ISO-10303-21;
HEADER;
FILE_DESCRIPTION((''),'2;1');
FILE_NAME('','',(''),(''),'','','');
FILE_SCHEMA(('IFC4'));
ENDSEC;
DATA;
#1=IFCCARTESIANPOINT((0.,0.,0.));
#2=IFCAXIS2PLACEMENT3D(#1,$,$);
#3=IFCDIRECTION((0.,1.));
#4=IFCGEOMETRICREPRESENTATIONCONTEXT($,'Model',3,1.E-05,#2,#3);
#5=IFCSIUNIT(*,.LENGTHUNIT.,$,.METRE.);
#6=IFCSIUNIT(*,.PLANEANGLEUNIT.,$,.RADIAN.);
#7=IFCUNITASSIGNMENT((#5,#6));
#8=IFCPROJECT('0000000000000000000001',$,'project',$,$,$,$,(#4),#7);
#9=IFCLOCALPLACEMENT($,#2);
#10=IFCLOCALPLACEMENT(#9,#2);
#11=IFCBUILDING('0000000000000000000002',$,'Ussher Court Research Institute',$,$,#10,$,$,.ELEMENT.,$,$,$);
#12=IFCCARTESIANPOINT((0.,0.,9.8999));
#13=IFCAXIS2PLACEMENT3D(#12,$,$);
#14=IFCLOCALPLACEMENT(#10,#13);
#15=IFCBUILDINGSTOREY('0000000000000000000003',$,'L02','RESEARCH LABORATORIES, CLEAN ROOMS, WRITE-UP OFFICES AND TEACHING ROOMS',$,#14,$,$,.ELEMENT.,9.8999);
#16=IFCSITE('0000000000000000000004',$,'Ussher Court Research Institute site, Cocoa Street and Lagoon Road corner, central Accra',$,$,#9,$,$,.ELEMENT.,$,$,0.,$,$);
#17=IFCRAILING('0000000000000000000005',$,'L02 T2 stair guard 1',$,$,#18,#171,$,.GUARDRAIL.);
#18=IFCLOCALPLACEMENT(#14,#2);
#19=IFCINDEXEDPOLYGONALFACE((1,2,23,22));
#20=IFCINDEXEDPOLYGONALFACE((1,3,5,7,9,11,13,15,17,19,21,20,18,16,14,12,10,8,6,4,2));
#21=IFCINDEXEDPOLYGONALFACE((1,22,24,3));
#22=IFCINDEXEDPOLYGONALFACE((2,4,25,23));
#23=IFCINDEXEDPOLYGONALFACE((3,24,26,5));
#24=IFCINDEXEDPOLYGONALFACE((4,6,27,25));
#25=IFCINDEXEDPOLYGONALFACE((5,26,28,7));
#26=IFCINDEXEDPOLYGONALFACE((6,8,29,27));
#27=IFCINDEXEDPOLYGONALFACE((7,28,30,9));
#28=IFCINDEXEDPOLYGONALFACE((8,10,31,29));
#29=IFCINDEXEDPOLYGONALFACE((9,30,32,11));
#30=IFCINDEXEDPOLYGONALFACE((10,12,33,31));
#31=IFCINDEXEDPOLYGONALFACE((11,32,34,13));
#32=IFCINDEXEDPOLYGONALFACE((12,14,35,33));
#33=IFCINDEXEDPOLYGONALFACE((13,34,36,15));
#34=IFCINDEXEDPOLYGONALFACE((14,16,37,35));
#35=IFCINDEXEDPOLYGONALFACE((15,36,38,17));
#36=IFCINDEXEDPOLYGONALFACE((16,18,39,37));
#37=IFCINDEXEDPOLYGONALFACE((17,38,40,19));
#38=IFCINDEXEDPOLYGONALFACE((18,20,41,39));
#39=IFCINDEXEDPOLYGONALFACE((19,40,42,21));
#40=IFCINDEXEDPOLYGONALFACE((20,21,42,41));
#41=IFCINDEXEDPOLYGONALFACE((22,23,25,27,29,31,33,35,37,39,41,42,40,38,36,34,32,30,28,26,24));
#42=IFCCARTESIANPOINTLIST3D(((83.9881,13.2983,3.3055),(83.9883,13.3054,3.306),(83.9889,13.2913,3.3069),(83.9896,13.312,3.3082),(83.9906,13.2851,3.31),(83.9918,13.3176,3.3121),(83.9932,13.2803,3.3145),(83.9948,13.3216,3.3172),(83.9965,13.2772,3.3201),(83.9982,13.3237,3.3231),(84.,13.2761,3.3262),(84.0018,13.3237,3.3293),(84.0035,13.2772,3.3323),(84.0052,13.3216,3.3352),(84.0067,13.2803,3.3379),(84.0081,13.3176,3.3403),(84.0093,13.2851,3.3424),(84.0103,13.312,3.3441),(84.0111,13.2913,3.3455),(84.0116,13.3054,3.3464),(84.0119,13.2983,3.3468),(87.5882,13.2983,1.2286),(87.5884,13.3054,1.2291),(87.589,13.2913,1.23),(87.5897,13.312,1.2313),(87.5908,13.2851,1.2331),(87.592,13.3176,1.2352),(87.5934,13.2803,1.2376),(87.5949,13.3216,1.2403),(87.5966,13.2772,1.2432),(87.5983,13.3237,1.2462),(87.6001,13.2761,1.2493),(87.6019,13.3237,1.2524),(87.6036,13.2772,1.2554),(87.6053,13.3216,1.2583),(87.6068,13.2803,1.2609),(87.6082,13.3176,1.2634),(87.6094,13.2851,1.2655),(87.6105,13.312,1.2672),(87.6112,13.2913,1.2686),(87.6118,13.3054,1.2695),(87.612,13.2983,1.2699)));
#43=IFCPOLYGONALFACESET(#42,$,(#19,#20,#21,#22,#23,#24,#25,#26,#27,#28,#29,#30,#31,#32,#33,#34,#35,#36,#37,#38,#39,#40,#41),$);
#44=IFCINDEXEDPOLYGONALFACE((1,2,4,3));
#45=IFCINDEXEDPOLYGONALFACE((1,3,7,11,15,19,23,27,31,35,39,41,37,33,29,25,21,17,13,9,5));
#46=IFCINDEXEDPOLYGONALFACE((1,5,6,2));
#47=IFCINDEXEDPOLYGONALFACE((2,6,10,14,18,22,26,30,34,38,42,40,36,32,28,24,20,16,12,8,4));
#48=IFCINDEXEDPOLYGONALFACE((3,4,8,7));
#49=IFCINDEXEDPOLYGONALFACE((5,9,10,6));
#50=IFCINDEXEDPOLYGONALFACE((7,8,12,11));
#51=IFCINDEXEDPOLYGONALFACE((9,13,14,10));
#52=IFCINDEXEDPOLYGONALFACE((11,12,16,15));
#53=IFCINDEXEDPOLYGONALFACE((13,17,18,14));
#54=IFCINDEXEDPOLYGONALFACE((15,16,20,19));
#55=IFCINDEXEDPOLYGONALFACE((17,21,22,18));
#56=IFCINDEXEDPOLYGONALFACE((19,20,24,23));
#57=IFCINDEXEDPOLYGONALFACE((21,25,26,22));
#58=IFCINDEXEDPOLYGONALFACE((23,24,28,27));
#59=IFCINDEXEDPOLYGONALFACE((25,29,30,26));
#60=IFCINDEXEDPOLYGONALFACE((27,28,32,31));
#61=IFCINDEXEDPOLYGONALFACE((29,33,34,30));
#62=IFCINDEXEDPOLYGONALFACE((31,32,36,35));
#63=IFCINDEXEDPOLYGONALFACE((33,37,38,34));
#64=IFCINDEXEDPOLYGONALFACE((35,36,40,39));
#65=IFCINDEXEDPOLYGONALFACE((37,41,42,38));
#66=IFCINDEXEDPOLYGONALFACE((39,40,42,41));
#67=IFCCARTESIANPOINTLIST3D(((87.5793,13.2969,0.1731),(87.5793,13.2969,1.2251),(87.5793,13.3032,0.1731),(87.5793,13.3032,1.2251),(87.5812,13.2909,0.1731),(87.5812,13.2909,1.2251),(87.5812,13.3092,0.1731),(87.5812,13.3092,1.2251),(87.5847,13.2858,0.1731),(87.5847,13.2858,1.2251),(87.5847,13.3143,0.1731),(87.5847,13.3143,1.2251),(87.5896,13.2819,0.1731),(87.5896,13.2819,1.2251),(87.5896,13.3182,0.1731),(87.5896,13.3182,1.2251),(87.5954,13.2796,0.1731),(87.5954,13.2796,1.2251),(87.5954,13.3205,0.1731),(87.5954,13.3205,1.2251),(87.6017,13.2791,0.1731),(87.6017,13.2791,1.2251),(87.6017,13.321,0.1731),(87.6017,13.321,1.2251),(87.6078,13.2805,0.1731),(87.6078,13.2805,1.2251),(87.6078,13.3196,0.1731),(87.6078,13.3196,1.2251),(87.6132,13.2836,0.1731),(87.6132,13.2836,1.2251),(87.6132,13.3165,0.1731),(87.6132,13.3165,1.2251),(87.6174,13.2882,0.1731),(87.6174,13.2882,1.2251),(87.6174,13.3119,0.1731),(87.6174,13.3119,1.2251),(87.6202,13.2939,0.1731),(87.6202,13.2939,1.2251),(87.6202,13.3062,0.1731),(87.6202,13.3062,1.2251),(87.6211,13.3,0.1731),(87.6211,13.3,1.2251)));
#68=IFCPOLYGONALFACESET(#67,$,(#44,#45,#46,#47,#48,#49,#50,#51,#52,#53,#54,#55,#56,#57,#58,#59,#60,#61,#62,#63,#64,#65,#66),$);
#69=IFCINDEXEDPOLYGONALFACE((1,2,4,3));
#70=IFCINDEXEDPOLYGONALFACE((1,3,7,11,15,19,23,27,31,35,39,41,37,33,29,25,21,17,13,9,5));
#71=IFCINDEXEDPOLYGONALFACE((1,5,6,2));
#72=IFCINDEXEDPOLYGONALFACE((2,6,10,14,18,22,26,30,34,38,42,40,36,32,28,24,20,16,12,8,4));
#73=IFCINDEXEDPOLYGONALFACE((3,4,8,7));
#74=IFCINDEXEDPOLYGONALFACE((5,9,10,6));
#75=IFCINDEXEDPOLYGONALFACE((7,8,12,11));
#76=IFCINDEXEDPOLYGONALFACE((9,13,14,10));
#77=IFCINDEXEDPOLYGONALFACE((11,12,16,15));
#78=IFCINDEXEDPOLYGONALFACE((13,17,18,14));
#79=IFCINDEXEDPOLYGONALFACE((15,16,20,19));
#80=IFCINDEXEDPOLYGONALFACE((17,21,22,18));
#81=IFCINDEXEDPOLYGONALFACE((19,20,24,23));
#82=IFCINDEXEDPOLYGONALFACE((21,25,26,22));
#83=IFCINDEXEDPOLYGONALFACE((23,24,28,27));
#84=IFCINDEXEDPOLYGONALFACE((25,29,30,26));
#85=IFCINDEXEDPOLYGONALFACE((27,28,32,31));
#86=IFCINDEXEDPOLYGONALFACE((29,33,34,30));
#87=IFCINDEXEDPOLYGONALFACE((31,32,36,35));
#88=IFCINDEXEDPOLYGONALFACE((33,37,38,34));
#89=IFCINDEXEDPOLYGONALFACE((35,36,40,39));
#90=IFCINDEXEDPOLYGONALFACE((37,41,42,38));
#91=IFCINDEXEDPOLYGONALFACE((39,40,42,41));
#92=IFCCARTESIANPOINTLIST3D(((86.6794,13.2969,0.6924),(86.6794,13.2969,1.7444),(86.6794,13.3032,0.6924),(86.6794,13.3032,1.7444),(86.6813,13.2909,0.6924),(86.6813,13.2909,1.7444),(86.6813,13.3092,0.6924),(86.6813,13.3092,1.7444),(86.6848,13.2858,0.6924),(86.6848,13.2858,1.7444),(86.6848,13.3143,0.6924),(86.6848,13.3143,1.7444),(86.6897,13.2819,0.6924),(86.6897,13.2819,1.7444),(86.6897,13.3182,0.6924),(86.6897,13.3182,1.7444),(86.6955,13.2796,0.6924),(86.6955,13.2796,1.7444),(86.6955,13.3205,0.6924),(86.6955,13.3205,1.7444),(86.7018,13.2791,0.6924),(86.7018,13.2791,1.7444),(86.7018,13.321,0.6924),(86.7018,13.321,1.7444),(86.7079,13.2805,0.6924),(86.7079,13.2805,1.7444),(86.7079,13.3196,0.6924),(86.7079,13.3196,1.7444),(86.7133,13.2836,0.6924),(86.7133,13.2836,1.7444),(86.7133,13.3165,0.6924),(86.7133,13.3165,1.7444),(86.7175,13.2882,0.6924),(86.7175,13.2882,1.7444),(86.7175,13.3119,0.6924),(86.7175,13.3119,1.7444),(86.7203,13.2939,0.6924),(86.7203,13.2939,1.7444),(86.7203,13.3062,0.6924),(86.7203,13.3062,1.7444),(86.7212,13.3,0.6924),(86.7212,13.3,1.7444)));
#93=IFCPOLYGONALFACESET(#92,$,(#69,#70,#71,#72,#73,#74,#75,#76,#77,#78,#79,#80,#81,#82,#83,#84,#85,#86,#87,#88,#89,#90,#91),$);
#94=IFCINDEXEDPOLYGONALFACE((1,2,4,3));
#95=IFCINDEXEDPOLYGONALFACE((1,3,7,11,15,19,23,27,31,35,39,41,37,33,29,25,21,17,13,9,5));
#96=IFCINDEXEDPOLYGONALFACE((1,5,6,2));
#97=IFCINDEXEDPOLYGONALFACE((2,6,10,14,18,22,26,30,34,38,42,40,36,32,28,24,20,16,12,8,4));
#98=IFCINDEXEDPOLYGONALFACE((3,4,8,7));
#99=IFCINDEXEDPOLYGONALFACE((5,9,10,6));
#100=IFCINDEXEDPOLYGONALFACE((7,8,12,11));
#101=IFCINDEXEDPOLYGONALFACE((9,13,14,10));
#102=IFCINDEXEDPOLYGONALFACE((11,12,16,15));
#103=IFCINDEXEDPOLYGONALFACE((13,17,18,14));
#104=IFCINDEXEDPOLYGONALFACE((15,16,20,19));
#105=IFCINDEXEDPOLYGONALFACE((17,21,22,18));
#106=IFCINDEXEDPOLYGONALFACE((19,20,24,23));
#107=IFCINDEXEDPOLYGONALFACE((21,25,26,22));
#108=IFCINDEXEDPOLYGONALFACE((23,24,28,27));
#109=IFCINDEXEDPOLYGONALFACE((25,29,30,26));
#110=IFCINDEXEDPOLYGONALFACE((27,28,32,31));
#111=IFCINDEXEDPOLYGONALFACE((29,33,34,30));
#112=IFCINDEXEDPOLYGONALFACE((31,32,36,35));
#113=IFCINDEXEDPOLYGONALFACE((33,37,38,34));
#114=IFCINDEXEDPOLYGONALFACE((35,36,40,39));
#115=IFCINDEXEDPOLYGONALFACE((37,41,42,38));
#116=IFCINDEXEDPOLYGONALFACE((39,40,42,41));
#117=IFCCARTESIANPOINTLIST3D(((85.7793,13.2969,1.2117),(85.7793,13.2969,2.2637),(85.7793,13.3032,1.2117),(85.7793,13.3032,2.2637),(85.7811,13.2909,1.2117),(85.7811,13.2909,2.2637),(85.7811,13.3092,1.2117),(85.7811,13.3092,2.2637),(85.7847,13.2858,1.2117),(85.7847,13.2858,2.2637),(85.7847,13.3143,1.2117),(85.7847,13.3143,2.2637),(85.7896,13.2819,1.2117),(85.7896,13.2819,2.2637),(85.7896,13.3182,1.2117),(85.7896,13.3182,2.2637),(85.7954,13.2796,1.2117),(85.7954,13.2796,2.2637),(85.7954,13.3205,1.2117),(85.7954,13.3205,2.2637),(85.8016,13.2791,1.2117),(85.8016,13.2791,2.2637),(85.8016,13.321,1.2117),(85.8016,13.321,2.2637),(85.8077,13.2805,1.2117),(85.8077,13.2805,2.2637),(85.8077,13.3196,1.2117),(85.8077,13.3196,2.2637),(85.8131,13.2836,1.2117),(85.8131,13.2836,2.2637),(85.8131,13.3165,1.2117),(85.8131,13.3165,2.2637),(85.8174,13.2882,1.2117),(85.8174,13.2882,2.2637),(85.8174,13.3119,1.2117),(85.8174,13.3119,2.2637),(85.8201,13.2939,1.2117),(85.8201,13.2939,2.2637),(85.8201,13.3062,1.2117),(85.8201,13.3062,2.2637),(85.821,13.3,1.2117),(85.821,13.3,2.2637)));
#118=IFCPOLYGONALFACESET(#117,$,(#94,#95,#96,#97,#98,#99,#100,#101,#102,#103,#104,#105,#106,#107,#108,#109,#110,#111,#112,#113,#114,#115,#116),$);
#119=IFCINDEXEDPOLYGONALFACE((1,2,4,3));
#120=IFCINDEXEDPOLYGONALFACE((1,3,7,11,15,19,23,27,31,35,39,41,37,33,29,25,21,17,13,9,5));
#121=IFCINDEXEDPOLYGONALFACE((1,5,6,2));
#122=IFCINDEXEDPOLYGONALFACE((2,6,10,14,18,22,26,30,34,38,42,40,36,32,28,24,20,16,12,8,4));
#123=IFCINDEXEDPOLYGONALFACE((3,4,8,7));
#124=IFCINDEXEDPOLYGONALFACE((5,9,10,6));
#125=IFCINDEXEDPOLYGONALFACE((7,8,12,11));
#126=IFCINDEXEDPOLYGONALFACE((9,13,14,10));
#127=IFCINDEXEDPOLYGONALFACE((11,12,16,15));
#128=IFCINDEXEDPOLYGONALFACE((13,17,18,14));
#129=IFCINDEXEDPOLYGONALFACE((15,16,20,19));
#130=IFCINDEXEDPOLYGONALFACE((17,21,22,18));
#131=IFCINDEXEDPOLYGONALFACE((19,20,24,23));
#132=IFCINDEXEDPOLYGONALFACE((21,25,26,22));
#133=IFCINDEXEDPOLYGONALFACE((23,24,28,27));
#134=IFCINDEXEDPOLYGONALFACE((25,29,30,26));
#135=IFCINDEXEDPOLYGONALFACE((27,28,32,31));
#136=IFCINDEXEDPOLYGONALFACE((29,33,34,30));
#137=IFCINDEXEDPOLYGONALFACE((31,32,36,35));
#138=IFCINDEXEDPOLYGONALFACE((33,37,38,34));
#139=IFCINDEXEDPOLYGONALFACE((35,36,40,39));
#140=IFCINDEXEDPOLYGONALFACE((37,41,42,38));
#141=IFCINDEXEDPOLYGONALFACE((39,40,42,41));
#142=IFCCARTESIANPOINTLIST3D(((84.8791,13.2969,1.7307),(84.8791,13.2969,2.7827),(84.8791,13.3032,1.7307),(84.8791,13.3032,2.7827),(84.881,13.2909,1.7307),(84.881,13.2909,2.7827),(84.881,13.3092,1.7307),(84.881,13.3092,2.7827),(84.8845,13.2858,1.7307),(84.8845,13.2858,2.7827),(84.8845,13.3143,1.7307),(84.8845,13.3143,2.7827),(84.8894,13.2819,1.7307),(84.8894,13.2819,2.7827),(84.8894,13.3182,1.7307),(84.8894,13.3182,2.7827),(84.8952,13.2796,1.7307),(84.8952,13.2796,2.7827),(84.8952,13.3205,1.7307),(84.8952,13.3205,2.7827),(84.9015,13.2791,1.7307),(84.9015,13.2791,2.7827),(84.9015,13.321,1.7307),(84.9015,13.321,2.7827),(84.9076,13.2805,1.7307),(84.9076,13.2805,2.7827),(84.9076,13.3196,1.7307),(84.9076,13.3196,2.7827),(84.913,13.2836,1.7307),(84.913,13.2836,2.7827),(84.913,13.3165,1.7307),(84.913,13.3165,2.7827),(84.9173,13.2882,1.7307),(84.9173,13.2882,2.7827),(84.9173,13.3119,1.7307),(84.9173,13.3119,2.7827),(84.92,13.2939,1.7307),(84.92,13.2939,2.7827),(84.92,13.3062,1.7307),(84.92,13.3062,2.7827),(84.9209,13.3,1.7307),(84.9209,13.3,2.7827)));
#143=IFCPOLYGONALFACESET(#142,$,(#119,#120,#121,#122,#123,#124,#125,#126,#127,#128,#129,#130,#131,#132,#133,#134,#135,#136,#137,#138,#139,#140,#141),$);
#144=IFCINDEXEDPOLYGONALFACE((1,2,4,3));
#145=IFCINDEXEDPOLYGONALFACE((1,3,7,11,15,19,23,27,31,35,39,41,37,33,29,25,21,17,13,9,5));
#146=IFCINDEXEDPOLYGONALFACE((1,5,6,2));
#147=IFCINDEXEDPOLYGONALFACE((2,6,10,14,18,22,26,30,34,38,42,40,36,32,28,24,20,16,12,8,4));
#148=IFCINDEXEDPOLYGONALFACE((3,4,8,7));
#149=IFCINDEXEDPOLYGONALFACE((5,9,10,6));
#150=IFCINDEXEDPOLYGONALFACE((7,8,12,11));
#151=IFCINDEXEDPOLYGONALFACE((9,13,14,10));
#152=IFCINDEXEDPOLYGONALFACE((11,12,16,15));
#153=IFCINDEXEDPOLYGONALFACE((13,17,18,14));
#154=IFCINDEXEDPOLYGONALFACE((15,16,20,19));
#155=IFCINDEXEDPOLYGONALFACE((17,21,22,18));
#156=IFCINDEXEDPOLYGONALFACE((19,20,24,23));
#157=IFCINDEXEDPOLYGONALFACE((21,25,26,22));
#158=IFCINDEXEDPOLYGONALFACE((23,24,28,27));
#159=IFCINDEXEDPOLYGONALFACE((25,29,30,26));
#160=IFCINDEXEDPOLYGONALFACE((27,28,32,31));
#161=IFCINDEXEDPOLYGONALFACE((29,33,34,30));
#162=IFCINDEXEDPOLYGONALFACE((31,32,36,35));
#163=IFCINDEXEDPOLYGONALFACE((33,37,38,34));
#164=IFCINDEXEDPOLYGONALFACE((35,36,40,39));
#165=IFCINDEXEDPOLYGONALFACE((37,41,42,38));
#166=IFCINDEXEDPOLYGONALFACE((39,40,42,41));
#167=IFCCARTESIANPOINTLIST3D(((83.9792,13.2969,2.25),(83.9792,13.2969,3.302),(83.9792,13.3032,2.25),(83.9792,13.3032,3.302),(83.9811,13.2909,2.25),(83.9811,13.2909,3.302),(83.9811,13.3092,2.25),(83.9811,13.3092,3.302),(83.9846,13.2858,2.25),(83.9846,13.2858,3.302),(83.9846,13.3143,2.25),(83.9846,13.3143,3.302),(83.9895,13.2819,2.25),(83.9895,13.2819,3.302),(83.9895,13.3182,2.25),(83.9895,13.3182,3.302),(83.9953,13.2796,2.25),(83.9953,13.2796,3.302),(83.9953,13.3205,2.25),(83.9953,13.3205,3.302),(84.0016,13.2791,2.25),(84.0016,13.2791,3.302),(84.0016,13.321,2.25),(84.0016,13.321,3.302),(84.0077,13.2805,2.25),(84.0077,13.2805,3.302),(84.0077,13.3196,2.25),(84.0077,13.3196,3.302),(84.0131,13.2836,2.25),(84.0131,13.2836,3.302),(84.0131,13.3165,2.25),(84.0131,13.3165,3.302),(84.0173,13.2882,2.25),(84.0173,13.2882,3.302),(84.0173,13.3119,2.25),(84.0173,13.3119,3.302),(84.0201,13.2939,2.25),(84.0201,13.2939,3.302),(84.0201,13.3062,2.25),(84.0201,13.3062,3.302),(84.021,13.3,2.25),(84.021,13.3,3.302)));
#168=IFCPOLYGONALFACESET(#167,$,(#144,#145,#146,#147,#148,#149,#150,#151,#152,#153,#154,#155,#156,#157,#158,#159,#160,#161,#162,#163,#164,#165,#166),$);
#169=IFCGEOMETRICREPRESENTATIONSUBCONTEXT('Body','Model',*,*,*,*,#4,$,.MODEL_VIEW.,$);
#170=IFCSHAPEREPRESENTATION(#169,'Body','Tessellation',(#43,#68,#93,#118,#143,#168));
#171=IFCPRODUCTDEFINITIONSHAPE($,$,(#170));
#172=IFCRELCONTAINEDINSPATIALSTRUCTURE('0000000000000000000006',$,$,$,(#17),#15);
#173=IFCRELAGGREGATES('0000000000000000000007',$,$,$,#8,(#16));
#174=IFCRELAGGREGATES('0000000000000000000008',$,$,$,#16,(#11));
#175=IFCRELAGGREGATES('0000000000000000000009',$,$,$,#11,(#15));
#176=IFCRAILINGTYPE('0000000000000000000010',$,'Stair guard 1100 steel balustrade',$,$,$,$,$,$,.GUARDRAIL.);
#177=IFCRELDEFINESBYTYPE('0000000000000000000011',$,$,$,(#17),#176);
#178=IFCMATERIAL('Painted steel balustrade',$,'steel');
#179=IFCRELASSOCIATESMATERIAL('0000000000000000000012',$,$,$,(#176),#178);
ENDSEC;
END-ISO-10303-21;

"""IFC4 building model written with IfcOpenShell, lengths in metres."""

from ifc_helpers import new_model, si_unit, direction, frame, origin, origin_2d, place, context, subcontext, project, spatial, circle, extrude, material, type_object, element, save


model = new_model("IFC4")

# Units and contexts
model_context = context("Model", 3, precision=1e-05, world=origin(), true_north=direction((0.0, 1.0)))
body_context = subcontext(model_context, "Body", "Model", "MODEL_VIEW")
ifc_project = project(units=[si_unit("LENGTHUNIT", "METRE"), si_unit("PLANEANGLEUNIT", "RADIAN")], contexts=[model_context])

# Site, building, storey
site_placement = place(None, origin())
site = spatial("IfcSite", under=ifc_project, at=site_placement, Name="Ussher Court Research Institute site, Cocoa Street and Lagoon Road corner, central Accra", CompositionType="ELEMENT", RefElevation=0.0)
building_placement = place(site_placement, origin())
building = spatial("IfcBuilding", under=site, at=building_placement, Name="Ussher Court Research Institute", CompositionType="ELEMENT")
storey_placement = place(building_placement, frame((0.0, 0.0, 9.8999)))
storey = spatial("IfcBuildingStorey", under=building, at=storey_placement, Name="L02", Description="RESEARCH LABORATORIES, CLEAN ROOMS, WRITE-UP OFFICES AND TEACHING ROOMS", CompositionType="ELEMENT", Elevation=9.8999)

# Railing
ifc_material_1 = material(Name="Painted steel balustrade", Category="steel")
railing_type_1 = type_object("IfcRailingType", Name="Stair guard 1100 steel balustrade", PredefinedType="GUARDRAIL", material=ifc_material_1)
railing_1_placement = place(storey_placement, frame((87.6001, 13.3, 0.1731)))
element("IfcRailing", 1, at=railing_1_placement, inside=storey, type_object=railing_type_1, Name="L02 T2 stair guard 1", PredefinedType="GUARDRAIL", context=body_context, shape_type="SweptSolid", body=[
    extrude(circle(Radius=0.0239, at=origin_2d()), frame((0.0, 0.0, 1.0762), z_axis=(-0.866193, 0.0, 0.499709), x_axis=(0.0, -1.0, 0.0)), (0.0, 0.0, 1.0), 4.1562),
    extrude(circle(Radius=0.021, at=origin_2d()), origin(), (0.0, 0.0, 1.0), 1.052),
    extrude(circle(Radius=0.021, at=origin_2d()), frame((-0.8999, 0.0, 0.5193)), (0.0, 0.0, 1.0), 1.052),
    extrude(circle(Radius=0.021, at=origin_2d()), frame((-1.8, 0.0, 1.0386)), (0.0, 0.0, 1.0), 1.052),
    extrude(circle(Radius=0.021, at=origin_2d()), frame((-2.7002, 0.0, 1.5576)), (0.0, 0.0, 1.0), 1.052),
    extrude(circle(Radius=0.021, at=origin_2d()), frame((-3.6001, 0.0, 2.0769)), (0.0, 0.0, 1.0), 1.052),
])

save(model, "model.ifc")
